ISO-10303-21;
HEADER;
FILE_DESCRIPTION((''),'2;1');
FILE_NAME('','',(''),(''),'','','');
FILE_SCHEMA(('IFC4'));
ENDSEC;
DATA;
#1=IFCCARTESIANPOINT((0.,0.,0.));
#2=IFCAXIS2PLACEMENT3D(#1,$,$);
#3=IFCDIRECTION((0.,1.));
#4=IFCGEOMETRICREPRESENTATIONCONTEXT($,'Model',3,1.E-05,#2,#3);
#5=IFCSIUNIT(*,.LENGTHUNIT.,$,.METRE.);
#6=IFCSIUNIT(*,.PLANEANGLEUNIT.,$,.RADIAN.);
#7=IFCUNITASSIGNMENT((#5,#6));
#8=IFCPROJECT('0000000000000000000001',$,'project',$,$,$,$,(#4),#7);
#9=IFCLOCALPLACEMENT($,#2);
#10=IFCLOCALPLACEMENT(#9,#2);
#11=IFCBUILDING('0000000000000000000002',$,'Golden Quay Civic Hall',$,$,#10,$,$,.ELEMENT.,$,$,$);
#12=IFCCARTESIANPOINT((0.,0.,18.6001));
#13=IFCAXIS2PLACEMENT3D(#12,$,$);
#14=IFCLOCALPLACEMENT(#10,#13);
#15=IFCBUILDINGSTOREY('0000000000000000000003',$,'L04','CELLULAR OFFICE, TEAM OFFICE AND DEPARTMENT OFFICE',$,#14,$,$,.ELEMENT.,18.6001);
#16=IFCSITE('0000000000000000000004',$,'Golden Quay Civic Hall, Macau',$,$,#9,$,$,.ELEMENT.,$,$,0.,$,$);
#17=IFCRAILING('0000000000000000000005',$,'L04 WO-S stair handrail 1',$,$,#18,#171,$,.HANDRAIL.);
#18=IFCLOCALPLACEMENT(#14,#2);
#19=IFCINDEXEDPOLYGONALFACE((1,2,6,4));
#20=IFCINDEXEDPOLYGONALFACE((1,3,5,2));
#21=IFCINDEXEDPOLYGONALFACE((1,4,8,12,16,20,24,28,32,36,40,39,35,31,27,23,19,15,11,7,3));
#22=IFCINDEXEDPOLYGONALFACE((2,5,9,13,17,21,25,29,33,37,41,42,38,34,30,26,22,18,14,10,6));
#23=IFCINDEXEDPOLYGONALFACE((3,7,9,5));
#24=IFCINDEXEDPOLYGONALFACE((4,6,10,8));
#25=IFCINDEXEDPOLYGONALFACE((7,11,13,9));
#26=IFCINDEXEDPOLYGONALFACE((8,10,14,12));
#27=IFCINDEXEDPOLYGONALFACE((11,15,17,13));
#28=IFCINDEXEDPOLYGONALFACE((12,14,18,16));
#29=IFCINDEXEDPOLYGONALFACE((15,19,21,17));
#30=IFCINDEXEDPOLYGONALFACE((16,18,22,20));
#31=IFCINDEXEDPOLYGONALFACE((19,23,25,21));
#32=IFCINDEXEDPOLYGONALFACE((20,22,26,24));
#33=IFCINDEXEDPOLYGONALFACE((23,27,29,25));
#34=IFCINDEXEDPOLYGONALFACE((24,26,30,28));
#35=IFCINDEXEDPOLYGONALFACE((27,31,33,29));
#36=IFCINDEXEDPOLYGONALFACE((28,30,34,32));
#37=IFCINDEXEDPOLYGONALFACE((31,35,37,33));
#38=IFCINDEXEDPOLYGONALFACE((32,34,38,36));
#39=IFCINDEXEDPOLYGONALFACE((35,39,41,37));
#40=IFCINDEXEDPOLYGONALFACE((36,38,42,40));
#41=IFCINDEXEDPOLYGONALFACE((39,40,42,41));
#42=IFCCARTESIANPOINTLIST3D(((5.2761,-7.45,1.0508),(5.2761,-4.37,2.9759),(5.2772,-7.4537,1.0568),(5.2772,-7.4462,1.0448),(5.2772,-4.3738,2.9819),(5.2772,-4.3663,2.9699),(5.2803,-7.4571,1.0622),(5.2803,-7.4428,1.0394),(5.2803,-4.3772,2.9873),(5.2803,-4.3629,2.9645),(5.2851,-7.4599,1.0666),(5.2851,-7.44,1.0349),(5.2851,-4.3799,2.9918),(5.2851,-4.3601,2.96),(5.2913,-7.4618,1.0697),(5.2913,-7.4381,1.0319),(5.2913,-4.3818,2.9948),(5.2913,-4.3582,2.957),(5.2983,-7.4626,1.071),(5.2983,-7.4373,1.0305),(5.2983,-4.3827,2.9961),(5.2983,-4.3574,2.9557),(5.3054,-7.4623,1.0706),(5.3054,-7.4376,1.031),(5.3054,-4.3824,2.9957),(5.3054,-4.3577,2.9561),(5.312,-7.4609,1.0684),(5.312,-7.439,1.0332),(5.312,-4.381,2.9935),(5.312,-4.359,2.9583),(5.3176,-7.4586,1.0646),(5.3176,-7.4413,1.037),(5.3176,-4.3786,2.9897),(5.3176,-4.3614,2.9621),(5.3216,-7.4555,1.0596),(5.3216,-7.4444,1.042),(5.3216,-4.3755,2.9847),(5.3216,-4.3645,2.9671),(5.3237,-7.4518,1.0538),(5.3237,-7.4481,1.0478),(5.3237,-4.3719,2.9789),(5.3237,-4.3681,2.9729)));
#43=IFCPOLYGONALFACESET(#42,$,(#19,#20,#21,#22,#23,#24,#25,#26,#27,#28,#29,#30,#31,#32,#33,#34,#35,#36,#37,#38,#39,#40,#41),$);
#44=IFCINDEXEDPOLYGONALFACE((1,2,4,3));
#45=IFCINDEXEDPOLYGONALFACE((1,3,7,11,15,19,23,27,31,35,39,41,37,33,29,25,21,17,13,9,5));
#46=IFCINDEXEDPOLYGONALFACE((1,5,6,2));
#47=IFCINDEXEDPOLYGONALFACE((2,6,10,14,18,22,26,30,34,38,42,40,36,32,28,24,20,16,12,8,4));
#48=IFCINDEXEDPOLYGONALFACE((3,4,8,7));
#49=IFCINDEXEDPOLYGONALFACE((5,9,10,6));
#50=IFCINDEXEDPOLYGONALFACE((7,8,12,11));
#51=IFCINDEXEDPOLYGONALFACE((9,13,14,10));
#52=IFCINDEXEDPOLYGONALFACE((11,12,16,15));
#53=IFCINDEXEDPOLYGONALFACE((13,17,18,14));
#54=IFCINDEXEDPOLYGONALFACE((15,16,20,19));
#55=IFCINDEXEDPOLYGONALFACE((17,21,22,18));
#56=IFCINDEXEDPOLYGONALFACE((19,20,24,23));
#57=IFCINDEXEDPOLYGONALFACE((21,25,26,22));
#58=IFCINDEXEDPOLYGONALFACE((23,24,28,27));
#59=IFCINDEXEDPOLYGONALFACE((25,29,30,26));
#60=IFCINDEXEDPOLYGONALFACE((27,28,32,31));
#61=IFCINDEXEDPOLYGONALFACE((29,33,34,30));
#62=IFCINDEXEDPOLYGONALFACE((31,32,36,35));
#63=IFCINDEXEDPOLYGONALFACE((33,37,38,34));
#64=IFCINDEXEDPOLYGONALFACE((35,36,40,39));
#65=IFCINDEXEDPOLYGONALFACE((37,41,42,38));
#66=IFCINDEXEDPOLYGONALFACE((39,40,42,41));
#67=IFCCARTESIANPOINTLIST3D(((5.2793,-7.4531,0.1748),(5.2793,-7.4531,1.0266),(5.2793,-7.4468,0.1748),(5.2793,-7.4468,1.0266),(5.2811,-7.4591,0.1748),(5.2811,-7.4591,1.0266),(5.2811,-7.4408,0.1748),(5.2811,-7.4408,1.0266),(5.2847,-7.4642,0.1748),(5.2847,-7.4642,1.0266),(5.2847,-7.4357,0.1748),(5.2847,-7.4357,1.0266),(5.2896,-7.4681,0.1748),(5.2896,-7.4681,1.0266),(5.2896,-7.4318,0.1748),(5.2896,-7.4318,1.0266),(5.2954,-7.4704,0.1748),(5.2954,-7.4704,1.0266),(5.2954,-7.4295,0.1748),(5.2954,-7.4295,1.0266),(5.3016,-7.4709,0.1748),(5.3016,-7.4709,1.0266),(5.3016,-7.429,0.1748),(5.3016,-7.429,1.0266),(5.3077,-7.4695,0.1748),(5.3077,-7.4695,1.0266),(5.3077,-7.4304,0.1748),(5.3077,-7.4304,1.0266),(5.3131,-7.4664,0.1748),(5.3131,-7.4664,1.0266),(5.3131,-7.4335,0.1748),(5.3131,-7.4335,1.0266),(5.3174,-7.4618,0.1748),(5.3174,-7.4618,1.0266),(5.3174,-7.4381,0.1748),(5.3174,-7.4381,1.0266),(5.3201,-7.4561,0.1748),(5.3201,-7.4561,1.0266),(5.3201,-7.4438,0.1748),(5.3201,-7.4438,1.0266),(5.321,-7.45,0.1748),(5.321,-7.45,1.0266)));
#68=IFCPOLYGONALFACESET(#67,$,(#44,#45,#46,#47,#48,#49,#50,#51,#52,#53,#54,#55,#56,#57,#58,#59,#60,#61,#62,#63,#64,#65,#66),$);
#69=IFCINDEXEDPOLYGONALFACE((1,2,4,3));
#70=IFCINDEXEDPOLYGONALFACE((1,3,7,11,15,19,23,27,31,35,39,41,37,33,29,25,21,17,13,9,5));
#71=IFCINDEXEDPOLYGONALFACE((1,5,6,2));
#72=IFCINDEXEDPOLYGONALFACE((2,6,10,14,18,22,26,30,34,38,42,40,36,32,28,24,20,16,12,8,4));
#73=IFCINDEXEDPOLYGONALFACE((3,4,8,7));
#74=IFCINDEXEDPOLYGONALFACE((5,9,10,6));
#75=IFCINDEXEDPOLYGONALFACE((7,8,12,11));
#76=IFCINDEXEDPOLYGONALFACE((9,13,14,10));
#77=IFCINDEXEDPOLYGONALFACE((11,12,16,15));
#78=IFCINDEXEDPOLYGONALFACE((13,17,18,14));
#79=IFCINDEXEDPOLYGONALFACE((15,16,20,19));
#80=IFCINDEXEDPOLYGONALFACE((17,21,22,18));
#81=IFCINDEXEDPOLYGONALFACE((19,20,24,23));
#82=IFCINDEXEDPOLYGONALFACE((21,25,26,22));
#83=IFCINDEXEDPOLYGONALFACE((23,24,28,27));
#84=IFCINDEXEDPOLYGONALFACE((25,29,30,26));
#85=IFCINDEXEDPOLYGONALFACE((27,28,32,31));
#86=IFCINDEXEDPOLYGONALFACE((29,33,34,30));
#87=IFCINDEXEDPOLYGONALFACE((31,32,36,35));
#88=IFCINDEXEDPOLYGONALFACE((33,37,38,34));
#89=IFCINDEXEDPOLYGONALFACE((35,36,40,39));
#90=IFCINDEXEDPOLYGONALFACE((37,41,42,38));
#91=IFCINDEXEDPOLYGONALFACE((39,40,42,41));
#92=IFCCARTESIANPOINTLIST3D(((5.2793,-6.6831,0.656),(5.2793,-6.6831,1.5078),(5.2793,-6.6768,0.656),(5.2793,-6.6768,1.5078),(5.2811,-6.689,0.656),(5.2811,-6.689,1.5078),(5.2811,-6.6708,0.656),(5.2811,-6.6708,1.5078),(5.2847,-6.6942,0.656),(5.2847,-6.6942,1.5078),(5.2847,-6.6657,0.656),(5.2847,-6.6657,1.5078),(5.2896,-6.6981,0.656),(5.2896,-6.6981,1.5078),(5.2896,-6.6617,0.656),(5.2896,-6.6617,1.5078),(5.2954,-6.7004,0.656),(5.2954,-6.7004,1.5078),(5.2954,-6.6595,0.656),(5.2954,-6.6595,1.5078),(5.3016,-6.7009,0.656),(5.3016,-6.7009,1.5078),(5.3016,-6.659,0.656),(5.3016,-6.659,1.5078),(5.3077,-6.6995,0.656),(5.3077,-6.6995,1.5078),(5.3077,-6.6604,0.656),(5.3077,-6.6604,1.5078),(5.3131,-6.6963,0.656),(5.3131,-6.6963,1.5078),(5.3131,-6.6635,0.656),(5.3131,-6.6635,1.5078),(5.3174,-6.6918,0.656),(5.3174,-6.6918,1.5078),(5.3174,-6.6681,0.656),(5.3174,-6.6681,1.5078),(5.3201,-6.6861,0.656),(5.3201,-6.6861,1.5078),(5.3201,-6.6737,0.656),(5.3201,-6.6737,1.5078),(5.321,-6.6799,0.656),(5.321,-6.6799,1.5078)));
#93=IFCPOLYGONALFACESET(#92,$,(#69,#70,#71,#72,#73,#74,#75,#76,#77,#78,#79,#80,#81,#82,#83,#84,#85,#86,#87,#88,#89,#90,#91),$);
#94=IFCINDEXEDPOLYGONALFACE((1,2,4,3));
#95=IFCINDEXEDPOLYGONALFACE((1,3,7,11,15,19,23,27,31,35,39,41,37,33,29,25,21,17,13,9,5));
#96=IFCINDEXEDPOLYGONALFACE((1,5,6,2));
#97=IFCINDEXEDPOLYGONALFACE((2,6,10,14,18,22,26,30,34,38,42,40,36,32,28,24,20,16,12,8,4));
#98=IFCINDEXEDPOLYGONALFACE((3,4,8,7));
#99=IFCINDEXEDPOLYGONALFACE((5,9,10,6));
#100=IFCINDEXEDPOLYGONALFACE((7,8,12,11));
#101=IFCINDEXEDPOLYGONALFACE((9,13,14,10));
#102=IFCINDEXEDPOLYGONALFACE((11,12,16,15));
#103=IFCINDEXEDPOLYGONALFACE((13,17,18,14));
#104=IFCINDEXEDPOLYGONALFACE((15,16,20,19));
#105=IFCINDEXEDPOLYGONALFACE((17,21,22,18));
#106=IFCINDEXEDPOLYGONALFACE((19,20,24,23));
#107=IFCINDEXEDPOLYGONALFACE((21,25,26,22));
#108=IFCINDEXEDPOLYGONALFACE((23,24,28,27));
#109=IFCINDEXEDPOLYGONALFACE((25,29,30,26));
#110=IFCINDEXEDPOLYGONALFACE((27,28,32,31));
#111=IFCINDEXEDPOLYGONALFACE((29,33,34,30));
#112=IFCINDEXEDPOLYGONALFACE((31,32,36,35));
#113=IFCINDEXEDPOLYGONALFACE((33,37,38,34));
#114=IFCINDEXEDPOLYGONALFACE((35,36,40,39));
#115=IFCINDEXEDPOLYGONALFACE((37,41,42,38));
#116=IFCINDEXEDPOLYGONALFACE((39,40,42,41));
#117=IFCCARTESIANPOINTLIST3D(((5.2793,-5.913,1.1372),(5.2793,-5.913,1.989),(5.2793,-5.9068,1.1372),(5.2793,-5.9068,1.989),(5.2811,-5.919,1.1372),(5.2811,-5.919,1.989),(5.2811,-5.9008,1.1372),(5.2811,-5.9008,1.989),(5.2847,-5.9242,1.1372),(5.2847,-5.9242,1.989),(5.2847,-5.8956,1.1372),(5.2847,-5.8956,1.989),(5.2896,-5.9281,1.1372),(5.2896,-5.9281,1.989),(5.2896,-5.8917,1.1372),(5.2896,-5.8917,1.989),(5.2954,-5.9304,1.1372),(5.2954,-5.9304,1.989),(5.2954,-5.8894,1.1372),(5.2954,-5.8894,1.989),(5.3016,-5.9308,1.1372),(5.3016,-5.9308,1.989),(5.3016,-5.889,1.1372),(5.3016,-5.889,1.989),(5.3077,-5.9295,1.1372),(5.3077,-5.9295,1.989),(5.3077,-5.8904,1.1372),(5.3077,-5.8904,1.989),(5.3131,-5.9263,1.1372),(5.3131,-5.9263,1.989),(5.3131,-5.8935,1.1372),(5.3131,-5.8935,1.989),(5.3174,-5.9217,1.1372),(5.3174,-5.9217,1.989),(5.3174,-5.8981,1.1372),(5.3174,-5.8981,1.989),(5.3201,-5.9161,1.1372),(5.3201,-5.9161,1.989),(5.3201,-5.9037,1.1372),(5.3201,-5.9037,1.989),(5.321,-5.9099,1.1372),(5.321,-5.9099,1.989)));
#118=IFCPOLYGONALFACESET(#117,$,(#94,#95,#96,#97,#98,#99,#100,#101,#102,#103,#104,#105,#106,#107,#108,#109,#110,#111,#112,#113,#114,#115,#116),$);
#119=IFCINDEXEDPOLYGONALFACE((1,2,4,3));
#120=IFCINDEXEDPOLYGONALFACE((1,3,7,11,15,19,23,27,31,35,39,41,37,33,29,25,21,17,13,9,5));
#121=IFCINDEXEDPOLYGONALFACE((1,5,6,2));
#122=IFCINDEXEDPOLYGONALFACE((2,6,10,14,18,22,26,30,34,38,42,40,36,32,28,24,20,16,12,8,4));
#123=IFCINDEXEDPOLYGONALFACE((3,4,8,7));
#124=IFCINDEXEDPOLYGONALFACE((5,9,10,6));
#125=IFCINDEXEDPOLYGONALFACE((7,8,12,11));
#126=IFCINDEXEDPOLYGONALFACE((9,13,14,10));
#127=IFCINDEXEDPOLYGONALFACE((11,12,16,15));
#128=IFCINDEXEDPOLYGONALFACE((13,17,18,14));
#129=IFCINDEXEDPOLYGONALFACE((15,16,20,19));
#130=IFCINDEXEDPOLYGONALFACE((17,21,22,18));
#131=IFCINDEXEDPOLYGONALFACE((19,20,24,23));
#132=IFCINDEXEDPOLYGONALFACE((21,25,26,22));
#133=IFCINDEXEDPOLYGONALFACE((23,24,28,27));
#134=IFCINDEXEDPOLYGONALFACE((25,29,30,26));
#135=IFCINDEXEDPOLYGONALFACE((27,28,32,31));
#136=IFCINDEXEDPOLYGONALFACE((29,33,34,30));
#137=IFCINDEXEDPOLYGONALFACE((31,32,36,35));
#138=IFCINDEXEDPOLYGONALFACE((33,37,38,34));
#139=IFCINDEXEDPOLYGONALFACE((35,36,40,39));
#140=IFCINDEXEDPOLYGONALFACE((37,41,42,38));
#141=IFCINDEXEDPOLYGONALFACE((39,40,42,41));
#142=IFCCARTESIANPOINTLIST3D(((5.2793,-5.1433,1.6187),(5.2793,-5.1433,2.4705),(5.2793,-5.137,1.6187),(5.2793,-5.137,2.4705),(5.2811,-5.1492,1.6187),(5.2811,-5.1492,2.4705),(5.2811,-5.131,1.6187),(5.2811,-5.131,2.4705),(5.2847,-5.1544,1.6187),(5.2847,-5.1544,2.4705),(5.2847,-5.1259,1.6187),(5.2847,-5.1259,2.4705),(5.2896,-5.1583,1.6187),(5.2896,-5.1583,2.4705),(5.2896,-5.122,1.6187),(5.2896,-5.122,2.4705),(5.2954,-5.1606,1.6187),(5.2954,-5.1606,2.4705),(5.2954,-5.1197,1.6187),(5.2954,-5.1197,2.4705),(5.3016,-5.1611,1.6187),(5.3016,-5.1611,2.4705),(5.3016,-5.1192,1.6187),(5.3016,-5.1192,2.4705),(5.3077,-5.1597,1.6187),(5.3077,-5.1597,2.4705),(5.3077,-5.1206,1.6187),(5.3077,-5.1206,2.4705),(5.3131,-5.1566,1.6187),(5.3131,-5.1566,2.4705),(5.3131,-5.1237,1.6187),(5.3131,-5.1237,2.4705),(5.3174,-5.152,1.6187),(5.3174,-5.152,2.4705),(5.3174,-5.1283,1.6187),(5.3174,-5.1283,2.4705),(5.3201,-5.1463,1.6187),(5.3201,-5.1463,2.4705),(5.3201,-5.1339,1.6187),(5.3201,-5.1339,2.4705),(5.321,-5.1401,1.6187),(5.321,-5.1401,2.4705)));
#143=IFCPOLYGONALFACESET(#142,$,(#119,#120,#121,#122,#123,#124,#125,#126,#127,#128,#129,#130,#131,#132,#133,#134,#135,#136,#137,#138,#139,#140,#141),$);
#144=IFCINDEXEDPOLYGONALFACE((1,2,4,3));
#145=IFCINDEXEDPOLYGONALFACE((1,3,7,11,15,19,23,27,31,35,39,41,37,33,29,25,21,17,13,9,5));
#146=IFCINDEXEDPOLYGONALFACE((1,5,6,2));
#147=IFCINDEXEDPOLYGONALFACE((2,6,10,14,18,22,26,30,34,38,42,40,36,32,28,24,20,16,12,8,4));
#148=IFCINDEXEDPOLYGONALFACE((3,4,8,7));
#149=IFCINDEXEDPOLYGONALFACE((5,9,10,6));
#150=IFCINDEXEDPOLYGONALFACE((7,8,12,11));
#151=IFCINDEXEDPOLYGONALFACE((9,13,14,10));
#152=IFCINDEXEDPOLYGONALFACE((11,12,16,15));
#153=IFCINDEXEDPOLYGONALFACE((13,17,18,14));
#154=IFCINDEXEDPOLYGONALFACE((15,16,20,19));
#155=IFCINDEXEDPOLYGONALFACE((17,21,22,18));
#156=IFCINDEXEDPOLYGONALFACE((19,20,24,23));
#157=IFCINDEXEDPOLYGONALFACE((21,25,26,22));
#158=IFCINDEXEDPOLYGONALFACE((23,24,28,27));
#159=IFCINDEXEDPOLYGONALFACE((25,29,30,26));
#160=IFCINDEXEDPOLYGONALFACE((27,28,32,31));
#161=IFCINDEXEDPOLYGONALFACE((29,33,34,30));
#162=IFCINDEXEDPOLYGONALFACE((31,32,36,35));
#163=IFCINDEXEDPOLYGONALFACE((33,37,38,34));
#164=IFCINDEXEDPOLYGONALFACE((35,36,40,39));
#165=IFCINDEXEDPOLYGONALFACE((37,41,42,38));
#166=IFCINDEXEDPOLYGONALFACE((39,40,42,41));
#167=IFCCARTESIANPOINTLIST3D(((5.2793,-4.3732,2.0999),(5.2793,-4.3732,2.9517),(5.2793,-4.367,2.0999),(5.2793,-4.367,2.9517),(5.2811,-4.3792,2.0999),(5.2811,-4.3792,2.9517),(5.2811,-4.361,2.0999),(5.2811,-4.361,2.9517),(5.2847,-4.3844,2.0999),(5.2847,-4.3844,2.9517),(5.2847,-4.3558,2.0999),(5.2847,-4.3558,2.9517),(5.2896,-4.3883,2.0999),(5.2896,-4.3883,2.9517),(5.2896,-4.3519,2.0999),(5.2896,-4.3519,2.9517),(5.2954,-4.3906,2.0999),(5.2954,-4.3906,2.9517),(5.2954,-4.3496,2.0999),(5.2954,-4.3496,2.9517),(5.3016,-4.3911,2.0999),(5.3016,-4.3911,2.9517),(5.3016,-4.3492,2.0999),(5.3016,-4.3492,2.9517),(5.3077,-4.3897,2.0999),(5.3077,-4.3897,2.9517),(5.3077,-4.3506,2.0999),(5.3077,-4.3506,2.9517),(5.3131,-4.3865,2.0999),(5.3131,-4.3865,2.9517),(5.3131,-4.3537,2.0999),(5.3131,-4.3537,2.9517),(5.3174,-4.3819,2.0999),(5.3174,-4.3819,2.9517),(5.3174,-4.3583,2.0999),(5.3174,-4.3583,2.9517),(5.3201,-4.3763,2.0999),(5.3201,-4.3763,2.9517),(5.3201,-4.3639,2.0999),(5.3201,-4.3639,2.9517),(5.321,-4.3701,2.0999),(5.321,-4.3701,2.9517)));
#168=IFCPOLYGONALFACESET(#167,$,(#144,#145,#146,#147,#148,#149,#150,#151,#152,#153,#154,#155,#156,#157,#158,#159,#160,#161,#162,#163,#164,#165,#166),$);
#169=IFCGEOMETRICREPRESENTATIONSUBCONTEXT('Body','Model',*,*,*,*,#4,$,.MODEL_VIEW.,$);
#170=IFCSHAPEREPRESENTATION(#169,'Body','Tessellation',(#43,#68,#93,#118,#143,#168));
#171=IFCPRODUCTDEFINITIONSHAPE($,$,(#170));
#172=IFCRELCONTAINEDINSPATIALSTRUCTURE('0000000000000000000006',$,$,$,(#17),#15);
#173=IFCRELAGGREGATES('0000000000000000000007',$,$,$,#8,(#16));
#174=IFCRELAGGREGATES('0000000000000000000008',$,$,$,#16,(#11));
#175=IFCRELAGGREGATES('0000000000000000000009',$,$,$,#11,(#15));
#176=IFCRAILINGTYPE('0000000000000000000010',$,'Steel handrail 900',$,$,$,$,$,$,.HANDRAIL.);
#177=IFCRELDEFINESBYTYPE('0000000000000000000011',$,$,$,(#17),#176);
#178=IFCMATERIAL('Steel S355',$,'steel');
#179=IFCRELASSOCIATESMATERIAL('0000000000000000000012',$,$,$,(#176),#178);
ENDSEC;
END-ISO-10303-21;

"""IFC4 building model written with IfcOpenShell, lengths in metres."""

from ifc_helpers import new_model, si_unit, direction, frame, origin, origin_2d, place, context, subcontext, project, spatial, circle, extrude, material, type_object, element, save


model = new_model("IFC4")

# Units and contexts
model_context = context("Model", 3, precision=1e-05, world=origin(), true_north=direction((0.0, 1.0)))
body_context = subcontext(model_context, "Body", "Model", "MODEL_VIEW")
ifc_project = project(units=[si_unit("LENGTHUNIT", "METRE"), si_unit("PLANEANGLEUNIT", "RADIAN")], contexts=[model_context])

# Site, building, storey
site_placement = place(None, origin())
site = spatial("IfcSite", under=ifc_project, at=site_placement, Name="Golden Quay Civic Hall, Macau", CompositionType="ELEMENT", RefElevation=0.0)
building_placement = place(site_placement, origin())
building = spatial("IfcBuilding", under=site, at=building_placement, Name="Golden Quay Civic Hall", CompositionType="ELEMENT")
storey_placement = place(building_placement, frame((0.0, 0.0, 18.6001)))
storey = spatial("IfcBuildingStorey", under=building, at=storey_placement, Name="L04", Description="CELLULAR OFFICE, TEAM OFFICE AND DEPARTMENT OFFICE", CompositionType="ELEMENT", Elevation=18.6001)

# Railing
ifc_material_1 = material(Name="Steel S355", Category="steel")
railing_type_1 = type_object("IfcRailingType", Name="Steel handrail 900", PredefinedType="HANDRAIL", material=ifc_material_1)
railing_1_placement = place(storey_placement, frame((5.3, -7.45, 0.1748)))
element("IfcRailing", 1, at=railing_1_placement, inside=storey, type_object=railing_type_1, Name="L04 WO-S stair handrail 1", PredefinedType="HANDRAIL", context=body_context, shape_type="SweptSolid", body=[
    extrude(circle(Radius=0.0239, at=origin_2d()), frame((0.0, 0.0, 0.876), z_axis=(0.0, 0.847979, 0.530029), x_axis=(-1.0, 0.0, 0.0)), (0.0, 0.0, 1.0), 3.6321),
    extrude(circle(Radius=0.021, at=origin_2d()), origin(), (0.0, 0.0, 1.0), 0.8518),
    extrude(circle(Radius=0.021, at=origin_2d()), frame((0.0, 0.77, 0.4812)), (0.0, 0.0, 1.0), 0.8518),
    extrude(circle(Radius=0.021, at=origin_2d()), frame((0.0, 1.54, 0.9624)), (0.0, 0.0, 1.0), 0.8518),
    extrude(circle(Radius=0.021, at=origin_2d()), frame((0.0, 2.3098, 1.4438)), (0.0, 0.0, 1.0), 0.8518),
    extrude(circle(Radius=0.021, at=origin_2d()), frame((0.0, 3.0798, 1.925)), (0.0, 0.0, 1.0), 0.8518),
])

save(model, "model.ifc")
